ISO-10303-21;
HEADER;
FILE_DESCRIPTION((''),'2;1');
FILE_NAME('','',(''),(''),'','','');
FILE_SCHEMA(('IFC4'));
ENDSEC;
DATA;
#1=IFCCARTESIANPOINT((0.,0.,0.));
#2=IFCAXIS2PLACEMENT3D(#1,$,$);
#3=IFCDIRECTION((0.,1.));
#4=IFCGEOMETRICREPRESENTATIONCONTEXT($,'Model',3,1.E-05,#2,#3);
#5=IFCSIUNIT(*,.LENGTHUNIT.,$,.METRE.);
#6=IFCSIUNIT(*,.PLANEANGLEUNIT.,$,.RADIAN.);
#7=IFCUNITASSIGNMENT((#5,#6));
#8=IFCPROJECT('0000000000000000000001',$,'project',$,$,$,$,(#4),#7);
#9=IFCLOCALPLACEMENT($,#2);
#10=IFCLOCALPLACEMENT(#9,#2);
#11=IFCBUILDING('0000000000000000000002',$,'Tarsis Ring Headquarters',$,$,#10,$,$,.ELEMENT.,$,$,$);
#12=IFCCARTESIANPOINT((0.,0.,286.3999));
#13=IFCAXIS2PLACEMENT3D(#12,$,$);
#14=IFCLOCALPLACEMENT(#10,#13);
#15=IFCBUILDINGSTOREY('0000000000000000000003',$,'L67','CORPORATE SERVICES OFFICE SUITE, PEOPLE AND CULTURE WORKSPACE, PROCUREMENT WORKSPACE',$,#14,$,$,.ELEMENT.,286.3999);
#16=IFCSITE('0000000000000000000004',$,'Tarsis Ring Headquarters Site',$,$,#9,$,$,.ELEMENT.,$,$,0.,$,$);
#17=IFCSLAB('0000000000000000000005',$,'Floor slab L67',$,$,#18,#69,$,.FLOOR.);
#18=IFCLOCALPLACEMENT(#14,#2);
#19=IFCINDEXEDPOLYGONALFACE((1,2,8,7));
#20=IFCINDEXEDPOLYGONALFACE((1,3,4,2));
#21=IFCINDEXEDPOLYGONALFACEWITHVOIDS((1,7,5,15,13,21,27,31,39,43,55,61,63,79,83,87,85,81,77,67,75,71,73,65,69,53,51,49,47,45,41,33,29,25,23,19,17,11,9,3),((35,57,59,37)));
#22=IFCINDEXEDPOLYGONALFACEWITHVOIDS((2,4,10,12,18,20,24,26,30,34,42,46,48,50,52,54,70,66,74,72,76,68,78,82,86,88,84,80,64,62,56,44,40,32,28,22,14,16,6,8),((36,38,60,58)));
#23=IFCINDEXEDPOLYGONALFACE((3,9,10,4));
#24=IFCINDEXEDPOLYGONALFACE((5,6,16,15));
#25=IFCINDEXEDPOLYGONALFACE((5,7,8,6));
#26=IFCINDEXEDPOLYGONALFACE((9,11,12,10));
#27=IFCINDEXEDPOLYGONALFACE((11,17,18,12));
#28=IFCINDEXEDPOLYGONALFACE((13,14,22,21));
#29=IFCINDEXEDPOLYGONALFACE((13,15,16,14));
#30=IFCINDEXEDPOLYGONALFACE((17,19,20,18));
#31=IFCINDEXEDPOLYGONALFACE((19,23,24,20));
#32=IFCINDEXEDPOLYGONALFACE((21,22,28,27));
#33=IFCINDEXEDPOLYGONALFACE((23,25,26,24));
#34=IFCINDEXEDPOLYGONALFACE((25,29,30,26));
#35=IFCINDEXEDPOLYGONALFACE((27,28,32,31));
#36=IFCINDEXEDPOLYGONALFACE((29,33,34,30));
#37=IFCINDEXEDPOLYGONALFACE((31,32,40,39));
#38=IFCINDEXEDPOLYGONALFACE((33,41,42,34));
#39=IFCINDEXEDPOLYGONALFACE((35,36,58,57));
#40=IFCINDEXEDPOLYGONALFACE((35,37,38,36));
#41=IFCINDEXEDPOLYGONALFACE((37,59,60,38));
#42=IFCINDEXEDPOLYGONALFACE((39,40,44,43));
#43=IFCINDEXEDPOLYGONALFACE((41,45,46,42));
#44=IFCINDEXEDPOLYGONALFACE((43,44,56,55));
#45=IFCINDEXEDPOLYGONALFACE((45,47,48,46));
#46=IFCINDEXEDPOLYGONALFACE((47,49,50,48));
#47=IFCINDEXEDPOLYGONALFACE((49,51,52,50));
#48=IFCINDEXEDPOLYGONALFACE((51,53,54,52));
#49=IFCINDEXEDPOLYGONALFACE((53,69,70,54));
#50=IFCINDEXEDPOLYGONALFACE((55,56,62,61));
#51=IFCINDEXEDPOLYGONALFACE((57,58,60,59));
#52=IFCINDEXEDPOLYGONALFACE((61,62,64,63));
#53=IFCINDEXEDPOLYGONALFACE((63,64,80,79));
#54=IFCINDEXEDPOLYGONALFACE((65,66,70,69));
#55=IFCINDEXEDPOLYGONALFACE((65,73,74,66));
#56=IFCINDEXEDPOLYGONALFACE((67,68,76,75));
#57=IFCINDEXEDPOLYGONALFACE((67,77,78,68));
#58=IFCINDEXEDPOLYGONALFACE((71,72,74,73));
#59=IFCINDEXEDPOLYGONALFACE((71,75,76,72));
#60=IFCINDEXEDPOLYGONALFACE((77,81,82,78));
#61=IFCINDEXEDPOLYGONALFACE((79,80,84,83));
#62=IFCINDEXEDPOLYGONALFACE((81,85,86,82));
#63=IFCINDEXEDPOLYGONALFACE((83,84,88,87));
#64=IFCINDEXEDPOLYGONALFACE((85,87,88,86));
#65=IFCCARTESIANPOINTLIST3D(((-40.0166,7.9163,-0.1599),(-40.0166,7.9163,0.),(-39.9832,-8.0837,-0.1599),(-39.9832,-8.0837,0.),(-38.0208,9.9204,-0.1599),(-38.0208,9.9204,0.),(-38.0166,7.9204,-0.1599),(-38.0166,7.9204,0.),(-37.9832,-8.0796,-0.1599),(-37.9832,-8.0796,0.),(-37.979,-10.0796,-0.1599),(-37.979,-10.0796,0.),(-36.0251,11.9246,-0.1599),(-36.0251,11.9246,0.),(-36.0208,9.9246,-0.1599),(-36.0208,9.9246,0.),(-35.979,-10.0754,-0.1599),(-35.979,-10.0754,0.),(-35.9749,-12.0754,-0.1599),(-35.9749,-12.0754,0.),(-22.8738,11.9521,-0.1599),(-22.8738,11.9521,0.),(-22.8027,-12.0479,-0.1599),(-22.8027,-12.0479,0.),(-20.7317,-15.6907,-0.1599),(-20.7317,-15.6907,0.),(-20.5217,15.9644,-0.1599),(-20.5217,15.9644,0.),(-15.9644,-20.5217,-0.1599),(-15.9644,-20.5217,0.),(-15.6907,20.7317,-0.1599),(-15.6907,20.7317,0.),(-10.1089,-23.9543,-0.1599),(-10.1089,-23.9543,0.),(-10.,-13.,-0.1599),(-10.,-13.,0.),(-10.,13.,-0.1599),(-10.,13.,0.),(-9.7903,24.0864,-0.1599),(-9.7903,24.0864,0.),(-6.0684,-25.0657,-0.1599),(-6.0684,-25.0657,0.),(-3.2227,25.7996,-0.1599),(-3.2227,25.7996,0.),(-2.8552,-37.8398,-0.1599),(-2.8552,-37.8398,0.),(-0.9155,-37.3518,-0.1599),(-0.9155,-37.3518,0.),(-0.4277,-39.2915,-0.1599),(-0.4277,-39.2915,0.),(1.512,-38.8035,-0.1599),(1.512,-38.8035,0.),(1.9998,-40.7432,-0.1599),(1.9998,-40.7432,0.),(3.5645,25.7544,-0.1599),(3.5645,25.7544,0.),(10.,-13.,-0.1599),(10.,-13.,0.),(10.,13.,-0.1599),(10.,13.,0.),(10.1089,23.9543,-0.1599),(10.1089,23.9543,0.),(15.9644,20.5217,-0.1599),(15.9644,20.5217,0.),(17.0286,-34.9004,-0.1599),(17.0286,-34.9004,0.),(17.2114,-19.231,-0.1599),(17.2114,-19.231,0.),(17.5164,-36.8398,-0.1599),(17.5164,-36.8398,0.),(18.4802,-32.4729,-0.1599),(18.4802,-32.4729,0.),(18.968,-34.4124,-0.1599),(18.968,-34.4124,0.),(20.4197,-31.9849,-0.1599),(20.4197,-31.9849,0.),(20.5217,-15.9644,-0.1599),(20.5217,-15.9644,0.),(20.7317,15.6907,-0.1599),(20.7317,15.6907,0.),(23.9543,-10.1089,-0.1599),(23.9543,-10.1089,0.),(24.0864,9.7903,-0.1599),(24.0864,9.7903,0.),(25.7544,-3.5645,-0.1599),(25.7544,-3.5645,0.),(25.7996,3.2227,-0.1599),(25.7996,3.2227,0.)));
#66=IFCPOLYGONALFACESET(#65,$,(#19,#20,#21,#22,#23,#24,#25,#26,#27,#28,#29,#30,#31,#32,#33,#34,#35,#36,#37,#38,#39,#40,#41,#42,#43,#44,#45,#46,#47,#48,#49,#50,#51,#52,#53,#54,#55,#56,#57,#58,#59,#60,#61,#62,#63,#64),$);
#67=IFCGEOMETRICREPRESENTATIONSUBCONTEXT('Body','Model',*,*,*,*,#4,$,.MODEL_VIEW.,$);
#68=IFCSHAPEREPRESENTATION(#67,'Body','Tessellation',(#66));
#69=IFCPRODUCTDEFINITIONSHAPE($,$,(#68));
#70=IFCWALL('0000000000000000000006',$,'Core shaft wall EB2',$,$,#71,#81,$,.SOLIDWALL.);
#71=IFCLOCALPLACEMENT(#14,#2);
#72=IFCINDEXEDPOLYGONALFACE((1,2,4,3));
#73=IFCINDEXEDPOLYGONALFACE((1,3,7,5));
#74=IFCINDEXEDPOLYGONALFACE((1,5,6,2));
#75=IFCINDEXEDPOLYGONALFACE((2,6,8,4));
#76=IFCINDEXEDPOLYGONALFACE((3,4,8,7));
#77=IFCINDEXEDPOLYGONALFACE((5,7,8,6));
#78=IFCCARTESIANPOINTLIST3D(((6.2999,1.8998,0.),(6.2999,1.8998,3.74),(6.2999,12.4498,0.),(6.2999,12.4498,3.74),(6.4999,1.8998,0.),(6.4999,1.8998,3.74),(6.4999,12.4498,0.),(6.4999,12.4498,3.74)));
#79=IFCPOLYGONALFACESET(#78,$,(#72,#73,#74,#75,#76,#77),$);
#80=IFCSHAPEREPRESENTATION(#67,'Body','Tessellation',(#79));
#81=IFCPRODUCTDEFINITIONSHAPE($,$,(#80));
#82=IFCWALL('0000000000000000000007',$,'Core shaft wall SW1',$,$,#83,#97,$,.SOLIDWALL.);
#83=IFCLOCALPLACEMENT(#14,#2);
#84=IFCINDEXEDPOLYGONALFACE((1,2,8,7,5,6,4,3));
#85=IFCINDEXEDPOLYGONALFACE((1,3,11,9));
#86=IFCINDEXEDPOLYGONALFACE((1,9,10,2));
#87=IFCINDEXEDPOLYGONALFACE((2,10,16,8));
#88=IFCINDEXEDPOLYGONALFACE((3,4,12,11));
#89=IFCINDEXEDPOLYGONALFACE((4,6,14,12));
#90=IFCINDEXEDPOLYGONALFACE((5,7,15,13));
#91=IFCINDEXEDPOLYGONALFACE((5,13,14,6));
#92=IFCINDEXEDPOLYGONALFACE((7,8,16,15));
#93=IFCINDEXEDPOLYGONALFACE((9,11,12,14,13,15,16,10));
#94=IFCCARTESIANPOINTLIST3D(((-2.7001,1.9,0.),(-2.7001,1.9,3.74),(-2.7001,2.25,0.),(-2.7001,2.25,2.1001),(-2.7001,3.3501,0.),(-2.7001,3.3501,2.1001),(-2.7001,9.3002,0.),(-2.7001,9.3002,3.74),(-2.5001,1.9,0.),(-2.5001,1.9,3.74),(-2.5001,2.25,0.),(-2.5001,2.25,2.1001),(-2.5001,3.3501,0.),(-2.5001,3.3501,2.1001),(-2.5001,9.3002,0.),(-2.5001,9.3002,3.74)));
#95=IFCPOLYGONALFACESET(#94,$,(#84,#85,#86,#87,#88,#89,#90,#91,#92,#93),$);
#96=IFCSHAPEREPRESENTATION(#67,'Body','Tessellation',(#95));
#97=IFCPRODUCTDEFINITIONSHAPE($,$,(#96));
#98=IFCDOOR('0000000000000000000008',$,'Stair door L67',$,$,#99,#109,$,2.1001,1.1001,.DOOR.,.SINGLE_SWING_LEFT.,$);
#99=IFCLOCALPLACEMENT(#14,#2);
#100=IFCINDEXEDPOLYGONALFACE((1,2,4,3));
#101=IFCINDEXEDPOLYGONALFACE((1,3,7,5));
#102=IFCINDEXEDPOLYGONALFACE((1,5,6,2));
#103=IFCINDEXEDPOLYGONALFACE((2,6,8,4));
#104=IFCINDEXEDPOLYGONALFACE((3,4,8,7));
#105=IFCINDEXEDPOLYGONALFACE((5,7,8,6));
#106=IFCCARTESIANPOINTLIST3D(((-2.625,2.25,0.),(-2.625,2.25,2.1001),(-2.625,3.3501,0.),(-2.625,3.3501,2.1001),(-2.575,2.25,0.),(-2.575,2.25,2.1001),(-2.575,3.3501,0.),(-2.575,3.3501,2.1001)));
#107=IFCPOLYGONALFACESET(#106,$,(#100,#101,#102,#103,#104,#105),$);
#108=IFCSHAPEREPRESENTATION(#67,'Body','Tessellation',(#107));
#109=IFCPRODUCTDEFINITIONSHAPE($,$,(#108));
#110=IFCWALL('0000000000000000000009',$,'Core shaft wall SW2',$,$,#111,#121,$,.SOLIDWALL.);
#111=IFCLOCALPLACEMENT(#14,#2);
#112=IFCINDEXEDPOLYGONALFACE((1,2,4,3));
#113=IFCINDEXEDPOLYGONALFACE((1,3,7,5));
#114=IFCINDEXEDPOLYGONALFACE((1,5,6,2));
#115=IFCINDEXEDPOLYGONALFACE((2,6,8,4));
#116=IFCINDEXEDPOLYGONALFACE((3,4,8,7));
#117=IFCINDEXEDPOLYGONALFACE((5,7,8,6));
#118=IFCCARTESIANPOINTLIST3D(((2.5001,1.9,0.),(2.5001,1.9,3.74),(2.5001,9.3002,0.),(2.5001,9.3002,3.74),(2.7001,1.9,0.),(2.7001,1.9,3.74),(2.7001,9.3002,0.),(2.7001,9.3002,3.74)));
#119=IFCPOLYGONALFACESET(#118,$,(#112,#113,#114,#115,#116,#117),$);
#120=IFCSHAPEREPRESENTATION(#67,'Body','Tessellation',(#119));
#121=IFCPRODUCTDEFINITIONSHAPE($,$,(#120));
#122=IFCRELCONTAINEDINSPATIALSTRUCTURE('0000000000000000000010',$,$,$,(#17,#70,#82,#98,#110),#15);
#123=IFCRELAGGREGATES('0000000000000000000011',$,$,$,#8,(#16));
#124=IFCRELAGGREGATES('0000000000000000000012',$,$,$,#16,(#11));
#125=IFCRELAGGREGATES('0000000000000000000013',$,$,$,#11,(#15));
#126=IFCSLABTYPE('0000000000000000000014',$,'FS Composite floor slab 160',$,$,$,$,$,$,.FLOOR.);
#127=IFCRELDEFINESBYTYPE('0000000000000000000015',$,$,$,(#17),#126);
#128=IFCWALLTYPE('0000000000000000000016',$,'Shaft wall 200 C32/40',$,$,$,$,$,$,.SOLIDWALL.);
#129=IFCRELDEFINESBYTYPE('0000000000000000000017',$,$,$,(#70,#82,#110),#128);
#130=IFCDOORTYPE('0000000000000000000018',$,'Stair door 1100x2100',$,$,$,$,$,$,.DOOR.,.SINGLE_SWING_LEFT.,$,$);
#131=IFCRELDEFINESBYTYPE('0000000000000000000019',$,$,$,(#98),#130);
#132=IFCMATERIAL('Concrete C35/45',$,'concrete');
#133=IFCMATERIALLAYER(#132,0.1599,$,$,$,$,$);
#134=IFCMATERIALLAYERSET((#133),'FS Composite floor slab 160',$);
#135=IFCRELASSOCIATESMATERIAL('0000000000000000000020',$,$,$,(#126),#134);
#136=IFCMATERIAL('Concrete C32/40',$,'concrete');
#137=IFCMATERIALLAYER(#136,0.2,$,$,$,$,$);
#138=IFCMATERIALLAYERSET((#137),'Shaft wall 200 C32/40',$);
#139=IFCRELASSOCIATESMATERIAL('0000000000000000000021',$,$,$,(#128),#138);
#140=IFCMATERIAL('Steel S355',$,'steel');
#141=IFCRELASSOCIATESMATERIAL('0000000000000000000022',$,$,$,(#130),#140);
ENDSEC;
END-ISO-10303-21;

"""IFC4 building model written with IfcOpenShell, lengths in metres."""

from ifc_helpers import new_model, si_unit, direction, frame, frame_2d, origin, place, context, subcontext, project, spatial, polyline, rectangle, outline, extrude, material, layer, layer_set, type_object, element, fill, save


model = new_model("IFC4")

# Units and contexts
model_context = context("Model", 3, precision=1e-05, world=origin(), true_north=direction((0.0, 1.0)))
body_context = subcontext(model_context, "Body", "Model", "MODEL_VIEW")
ifc_project = project(units=[si_unit("LENGTHUNIT", "METRE"), si_unit("PLANEANGLEUNIT", "RADIAN")], contexts=[model_context])

# Site, building, storey
site_placement = place(None, origin())
site = spatial("IfcSite", under=ifc_project, at=site_placement, Name="Tarsis Ring Headquarters Site", CompositionType="ELEMENT", RefElevation=0.0)
building_placement = place(site_placement, origin())
building = spatial("IfcBuilding", under=site, at=building_placement, Name="Tarsis Ring Headquarters", CompositionType="ELEMENT")
storey_placement = place(building_placement, frame((0.0, 0.0, 286.3999)))
storey = spatial("IfcBuildingStorey", under=building, at=storey_placement, Name="L67", Description="CORPORATE SERVICES OFFICE SUITE, PEOPLE AND CULTURE WORKSPACE, PROCUREMENT WORKSPACE", CompositionType="ELEMENT", Elevation=286.3999)

# Slab
ifc_material_1 = material(Name="Concrete C35/45", Category="concrete")
ifc_layer_1 = layer(ifc_material_1, 0.1599)
ifc_layer_set_1 = layer_set([ifc_layer_1], Name="FS Composite floor slab 160")
slab_type_1 = type_object("IfcSlabType", Name="FS Composite floor slab 160", PredefinedType="FLOOR", material=ifc_layer_set_1)
slab_1_placement = place(storey_placement, frame((0.0, 0.0, -0.1599)))
element("IfcSlab", 1, at=slab_1_placement, inside=storey, type_object=slab_type_1, Name="Floor slab L67", PredefinedType="FLOOR", context=body_context, shape_type="SweptSolid", body=[
    extrude(outline(polyline([(-22.8027, -12.0479), (-20.7317, -15.6907), (-15.9644, -20.5217), (-10.1089, -23.9543), (-6.0684, -25.0657), (-2.8552, -37.8398), (-0.9155, -37.3518), (-0.4277, -39.2915), (1.512, -38.8035), (1.9998, -40.7432), (17.5164, -36.8398), (17.0286, -34.9004), (18.968, -34.4124), (18.4802, -32.4729), (20.4197, -31.9849), (17.2114, -19.231), (20.5217, -15.9644), (23.9543, -10.1089), (25.7544, -3.5645), (25.7996, 3.2227), (24.0864, 9.7903), (20.7317, 15.6907), (15.9644, 20.5217), (10.1089, 23.9543), (3.5645, 25.7544), (-3.2227, 25.7996), (-9.7903, 24.0864), (-15.6907, 20.7317), (-20.5217, 15.9644), (-22.8738, 11.9521), (-36.0251, 11.9246), (-36.0208, 9.9246), (-38.0208, 9.9204), (-38.0166, 7.9204), (-40.0166, 7.9163), (-39.9832, -8.0837), (-37.9832, -8.0796), (-37.979, -10.0796), (-35.979, -10.0754), (-35.9749, -12.0754), (-22.8027, -12.0479)]), holes=[polyline([(-10.0, -13.0), (-10.0, 13.0), (10.0, 13.0), (10.0, -13.0), (-10.0, -13.0)])]), origin(), (0.0, 0.0, 1.0), 0.1599),
])

# Wall
ifc_material_2 = material(Name="Concrete C32/40", Category="concrete")
ifc_layer_2 = layer(ifc_material_2, 0.2)
ifc_layer_set_2 = layer_set([ifc_layer_2], Name="Shaft wall 200 C32/40")
wall_type = type_object("IfcWallType", Name="Shaft wall 200 C32/40", PredefinedType="SOLIDWALL", material=ifc_layer_set_2)
wall_1_placement = place(storey_placement, frame((6.3999, 1.8999, 0.0), z_axis=(0.0, 0.0, 1.0), x_axis=(0.0, 1.0, 0.0)))
element("IfcWall", 2, at=wall_1_placement, inside=storey, type_object=wall_type, Name="Core shaft wall EB2", PredefinedType="SOLIDWALL", context=body_context, shape_type="SweptSolid", body=[
    extrude(rectangle(XDim=10.55, YDim=0.2, at=frame_2d((5.2749, 0.0))), origin(), (0.0, 0.0, 1.0), 3.74),
])

# Wall, opening, door
wall_2_placement = place(storey_placement, frame((-2.6001, 1.8999, 0.0), z_axis=(0.0, 0.0, 1.0), x_axis=(0.0, 1.0, 0.0)))
wall_2 = element("IfcWall", 3, at=wall_2_placement, inside=storey, type_object=wall_type, Name="Core shaft wall SW1", PredefinedType="SOLIDWALL", context=body_context, shape_type="SweptSolid", body=[
    extrude(rectangle(XDim=7.4001, YDim=0.2, at=frame_2d((3.7002, 0.0))), origin(), (0.0, 0.0, 1.0), 3.74),
])
opening_placement = place(wall_2_placement, frame((0.3501, 0.0, 0.0)))
opening = element("IfcOpeningElement", 4, at=opening_placement, cuts=wall_2, PredefinedType="OPENING", context=body_context, shape_type="SweptSolid", body=[
    extrude(rectangle(XDim=1.1001, YDim=2.1001, at=frame_2d((0.55, 1.05))), frame((0.0, 0.1099, 0.0), z_axis=(0.0, -1.0, 0.0), x_axis=(1.0, 0.0, 0.0)), (0.0, 0.0, 1.0), 0.22),
])
ifc_material_3 = material(Name="Steel S355", Category="steel")
door_type = type_object("IfcDoorType", Name="Stair door 1100x2100", OperationType="SINGLE_SWING_LEFT", PredefinedType="DOOR", material=ifc_material_3)
door_placement = place(opening_placement, origin())
door = element("IfcDoor", 5, at=door_placement, inside=storey, type_object=door_type, Name="Stair door L67", OperationType="SINGLE_SWING_LEFT", OverallHeight=2.1001, OverallWidth=1.1001, PredefinedType="DOOR", context=body_context, shape_type="SweptSolid", body=[
    extrude(rectangle(XDim=1.1001, YDim=2.1001, at=frame_2d((0.55, 1.05))), frame((0.0, 0.0249, 0.0), z_axis=(0.0, -1.0, 0.0), x_axis=(1.0, 0.0, 0.0)), (0.0, 0.0, 1.0), 0.05),
])
fill(opening, door)

# Wall
wall_3_placement = place(storey_placement, frame((2.6001, 1.8999, 0.0), z_axis=(0.0, 0.0, 1.0), x_axis=(0.0, 1.0, 0.0)))
element("IfcWall", 6, at=wall_3_placement, inside=storey, type_object=wall_type, Name="Core shaft wall SW2", PredefinedType="SOLIDWALL", context=body_context, shape_type="SweptSolid", body=[
    extrude(rectangle(XDim=7.4001, YDim=0.2, at=frame_2d((3.7002, 0.0))), origin(), (0.0, 0.0, 1.0), 3.74),
])

save(model, "model.ifc")
